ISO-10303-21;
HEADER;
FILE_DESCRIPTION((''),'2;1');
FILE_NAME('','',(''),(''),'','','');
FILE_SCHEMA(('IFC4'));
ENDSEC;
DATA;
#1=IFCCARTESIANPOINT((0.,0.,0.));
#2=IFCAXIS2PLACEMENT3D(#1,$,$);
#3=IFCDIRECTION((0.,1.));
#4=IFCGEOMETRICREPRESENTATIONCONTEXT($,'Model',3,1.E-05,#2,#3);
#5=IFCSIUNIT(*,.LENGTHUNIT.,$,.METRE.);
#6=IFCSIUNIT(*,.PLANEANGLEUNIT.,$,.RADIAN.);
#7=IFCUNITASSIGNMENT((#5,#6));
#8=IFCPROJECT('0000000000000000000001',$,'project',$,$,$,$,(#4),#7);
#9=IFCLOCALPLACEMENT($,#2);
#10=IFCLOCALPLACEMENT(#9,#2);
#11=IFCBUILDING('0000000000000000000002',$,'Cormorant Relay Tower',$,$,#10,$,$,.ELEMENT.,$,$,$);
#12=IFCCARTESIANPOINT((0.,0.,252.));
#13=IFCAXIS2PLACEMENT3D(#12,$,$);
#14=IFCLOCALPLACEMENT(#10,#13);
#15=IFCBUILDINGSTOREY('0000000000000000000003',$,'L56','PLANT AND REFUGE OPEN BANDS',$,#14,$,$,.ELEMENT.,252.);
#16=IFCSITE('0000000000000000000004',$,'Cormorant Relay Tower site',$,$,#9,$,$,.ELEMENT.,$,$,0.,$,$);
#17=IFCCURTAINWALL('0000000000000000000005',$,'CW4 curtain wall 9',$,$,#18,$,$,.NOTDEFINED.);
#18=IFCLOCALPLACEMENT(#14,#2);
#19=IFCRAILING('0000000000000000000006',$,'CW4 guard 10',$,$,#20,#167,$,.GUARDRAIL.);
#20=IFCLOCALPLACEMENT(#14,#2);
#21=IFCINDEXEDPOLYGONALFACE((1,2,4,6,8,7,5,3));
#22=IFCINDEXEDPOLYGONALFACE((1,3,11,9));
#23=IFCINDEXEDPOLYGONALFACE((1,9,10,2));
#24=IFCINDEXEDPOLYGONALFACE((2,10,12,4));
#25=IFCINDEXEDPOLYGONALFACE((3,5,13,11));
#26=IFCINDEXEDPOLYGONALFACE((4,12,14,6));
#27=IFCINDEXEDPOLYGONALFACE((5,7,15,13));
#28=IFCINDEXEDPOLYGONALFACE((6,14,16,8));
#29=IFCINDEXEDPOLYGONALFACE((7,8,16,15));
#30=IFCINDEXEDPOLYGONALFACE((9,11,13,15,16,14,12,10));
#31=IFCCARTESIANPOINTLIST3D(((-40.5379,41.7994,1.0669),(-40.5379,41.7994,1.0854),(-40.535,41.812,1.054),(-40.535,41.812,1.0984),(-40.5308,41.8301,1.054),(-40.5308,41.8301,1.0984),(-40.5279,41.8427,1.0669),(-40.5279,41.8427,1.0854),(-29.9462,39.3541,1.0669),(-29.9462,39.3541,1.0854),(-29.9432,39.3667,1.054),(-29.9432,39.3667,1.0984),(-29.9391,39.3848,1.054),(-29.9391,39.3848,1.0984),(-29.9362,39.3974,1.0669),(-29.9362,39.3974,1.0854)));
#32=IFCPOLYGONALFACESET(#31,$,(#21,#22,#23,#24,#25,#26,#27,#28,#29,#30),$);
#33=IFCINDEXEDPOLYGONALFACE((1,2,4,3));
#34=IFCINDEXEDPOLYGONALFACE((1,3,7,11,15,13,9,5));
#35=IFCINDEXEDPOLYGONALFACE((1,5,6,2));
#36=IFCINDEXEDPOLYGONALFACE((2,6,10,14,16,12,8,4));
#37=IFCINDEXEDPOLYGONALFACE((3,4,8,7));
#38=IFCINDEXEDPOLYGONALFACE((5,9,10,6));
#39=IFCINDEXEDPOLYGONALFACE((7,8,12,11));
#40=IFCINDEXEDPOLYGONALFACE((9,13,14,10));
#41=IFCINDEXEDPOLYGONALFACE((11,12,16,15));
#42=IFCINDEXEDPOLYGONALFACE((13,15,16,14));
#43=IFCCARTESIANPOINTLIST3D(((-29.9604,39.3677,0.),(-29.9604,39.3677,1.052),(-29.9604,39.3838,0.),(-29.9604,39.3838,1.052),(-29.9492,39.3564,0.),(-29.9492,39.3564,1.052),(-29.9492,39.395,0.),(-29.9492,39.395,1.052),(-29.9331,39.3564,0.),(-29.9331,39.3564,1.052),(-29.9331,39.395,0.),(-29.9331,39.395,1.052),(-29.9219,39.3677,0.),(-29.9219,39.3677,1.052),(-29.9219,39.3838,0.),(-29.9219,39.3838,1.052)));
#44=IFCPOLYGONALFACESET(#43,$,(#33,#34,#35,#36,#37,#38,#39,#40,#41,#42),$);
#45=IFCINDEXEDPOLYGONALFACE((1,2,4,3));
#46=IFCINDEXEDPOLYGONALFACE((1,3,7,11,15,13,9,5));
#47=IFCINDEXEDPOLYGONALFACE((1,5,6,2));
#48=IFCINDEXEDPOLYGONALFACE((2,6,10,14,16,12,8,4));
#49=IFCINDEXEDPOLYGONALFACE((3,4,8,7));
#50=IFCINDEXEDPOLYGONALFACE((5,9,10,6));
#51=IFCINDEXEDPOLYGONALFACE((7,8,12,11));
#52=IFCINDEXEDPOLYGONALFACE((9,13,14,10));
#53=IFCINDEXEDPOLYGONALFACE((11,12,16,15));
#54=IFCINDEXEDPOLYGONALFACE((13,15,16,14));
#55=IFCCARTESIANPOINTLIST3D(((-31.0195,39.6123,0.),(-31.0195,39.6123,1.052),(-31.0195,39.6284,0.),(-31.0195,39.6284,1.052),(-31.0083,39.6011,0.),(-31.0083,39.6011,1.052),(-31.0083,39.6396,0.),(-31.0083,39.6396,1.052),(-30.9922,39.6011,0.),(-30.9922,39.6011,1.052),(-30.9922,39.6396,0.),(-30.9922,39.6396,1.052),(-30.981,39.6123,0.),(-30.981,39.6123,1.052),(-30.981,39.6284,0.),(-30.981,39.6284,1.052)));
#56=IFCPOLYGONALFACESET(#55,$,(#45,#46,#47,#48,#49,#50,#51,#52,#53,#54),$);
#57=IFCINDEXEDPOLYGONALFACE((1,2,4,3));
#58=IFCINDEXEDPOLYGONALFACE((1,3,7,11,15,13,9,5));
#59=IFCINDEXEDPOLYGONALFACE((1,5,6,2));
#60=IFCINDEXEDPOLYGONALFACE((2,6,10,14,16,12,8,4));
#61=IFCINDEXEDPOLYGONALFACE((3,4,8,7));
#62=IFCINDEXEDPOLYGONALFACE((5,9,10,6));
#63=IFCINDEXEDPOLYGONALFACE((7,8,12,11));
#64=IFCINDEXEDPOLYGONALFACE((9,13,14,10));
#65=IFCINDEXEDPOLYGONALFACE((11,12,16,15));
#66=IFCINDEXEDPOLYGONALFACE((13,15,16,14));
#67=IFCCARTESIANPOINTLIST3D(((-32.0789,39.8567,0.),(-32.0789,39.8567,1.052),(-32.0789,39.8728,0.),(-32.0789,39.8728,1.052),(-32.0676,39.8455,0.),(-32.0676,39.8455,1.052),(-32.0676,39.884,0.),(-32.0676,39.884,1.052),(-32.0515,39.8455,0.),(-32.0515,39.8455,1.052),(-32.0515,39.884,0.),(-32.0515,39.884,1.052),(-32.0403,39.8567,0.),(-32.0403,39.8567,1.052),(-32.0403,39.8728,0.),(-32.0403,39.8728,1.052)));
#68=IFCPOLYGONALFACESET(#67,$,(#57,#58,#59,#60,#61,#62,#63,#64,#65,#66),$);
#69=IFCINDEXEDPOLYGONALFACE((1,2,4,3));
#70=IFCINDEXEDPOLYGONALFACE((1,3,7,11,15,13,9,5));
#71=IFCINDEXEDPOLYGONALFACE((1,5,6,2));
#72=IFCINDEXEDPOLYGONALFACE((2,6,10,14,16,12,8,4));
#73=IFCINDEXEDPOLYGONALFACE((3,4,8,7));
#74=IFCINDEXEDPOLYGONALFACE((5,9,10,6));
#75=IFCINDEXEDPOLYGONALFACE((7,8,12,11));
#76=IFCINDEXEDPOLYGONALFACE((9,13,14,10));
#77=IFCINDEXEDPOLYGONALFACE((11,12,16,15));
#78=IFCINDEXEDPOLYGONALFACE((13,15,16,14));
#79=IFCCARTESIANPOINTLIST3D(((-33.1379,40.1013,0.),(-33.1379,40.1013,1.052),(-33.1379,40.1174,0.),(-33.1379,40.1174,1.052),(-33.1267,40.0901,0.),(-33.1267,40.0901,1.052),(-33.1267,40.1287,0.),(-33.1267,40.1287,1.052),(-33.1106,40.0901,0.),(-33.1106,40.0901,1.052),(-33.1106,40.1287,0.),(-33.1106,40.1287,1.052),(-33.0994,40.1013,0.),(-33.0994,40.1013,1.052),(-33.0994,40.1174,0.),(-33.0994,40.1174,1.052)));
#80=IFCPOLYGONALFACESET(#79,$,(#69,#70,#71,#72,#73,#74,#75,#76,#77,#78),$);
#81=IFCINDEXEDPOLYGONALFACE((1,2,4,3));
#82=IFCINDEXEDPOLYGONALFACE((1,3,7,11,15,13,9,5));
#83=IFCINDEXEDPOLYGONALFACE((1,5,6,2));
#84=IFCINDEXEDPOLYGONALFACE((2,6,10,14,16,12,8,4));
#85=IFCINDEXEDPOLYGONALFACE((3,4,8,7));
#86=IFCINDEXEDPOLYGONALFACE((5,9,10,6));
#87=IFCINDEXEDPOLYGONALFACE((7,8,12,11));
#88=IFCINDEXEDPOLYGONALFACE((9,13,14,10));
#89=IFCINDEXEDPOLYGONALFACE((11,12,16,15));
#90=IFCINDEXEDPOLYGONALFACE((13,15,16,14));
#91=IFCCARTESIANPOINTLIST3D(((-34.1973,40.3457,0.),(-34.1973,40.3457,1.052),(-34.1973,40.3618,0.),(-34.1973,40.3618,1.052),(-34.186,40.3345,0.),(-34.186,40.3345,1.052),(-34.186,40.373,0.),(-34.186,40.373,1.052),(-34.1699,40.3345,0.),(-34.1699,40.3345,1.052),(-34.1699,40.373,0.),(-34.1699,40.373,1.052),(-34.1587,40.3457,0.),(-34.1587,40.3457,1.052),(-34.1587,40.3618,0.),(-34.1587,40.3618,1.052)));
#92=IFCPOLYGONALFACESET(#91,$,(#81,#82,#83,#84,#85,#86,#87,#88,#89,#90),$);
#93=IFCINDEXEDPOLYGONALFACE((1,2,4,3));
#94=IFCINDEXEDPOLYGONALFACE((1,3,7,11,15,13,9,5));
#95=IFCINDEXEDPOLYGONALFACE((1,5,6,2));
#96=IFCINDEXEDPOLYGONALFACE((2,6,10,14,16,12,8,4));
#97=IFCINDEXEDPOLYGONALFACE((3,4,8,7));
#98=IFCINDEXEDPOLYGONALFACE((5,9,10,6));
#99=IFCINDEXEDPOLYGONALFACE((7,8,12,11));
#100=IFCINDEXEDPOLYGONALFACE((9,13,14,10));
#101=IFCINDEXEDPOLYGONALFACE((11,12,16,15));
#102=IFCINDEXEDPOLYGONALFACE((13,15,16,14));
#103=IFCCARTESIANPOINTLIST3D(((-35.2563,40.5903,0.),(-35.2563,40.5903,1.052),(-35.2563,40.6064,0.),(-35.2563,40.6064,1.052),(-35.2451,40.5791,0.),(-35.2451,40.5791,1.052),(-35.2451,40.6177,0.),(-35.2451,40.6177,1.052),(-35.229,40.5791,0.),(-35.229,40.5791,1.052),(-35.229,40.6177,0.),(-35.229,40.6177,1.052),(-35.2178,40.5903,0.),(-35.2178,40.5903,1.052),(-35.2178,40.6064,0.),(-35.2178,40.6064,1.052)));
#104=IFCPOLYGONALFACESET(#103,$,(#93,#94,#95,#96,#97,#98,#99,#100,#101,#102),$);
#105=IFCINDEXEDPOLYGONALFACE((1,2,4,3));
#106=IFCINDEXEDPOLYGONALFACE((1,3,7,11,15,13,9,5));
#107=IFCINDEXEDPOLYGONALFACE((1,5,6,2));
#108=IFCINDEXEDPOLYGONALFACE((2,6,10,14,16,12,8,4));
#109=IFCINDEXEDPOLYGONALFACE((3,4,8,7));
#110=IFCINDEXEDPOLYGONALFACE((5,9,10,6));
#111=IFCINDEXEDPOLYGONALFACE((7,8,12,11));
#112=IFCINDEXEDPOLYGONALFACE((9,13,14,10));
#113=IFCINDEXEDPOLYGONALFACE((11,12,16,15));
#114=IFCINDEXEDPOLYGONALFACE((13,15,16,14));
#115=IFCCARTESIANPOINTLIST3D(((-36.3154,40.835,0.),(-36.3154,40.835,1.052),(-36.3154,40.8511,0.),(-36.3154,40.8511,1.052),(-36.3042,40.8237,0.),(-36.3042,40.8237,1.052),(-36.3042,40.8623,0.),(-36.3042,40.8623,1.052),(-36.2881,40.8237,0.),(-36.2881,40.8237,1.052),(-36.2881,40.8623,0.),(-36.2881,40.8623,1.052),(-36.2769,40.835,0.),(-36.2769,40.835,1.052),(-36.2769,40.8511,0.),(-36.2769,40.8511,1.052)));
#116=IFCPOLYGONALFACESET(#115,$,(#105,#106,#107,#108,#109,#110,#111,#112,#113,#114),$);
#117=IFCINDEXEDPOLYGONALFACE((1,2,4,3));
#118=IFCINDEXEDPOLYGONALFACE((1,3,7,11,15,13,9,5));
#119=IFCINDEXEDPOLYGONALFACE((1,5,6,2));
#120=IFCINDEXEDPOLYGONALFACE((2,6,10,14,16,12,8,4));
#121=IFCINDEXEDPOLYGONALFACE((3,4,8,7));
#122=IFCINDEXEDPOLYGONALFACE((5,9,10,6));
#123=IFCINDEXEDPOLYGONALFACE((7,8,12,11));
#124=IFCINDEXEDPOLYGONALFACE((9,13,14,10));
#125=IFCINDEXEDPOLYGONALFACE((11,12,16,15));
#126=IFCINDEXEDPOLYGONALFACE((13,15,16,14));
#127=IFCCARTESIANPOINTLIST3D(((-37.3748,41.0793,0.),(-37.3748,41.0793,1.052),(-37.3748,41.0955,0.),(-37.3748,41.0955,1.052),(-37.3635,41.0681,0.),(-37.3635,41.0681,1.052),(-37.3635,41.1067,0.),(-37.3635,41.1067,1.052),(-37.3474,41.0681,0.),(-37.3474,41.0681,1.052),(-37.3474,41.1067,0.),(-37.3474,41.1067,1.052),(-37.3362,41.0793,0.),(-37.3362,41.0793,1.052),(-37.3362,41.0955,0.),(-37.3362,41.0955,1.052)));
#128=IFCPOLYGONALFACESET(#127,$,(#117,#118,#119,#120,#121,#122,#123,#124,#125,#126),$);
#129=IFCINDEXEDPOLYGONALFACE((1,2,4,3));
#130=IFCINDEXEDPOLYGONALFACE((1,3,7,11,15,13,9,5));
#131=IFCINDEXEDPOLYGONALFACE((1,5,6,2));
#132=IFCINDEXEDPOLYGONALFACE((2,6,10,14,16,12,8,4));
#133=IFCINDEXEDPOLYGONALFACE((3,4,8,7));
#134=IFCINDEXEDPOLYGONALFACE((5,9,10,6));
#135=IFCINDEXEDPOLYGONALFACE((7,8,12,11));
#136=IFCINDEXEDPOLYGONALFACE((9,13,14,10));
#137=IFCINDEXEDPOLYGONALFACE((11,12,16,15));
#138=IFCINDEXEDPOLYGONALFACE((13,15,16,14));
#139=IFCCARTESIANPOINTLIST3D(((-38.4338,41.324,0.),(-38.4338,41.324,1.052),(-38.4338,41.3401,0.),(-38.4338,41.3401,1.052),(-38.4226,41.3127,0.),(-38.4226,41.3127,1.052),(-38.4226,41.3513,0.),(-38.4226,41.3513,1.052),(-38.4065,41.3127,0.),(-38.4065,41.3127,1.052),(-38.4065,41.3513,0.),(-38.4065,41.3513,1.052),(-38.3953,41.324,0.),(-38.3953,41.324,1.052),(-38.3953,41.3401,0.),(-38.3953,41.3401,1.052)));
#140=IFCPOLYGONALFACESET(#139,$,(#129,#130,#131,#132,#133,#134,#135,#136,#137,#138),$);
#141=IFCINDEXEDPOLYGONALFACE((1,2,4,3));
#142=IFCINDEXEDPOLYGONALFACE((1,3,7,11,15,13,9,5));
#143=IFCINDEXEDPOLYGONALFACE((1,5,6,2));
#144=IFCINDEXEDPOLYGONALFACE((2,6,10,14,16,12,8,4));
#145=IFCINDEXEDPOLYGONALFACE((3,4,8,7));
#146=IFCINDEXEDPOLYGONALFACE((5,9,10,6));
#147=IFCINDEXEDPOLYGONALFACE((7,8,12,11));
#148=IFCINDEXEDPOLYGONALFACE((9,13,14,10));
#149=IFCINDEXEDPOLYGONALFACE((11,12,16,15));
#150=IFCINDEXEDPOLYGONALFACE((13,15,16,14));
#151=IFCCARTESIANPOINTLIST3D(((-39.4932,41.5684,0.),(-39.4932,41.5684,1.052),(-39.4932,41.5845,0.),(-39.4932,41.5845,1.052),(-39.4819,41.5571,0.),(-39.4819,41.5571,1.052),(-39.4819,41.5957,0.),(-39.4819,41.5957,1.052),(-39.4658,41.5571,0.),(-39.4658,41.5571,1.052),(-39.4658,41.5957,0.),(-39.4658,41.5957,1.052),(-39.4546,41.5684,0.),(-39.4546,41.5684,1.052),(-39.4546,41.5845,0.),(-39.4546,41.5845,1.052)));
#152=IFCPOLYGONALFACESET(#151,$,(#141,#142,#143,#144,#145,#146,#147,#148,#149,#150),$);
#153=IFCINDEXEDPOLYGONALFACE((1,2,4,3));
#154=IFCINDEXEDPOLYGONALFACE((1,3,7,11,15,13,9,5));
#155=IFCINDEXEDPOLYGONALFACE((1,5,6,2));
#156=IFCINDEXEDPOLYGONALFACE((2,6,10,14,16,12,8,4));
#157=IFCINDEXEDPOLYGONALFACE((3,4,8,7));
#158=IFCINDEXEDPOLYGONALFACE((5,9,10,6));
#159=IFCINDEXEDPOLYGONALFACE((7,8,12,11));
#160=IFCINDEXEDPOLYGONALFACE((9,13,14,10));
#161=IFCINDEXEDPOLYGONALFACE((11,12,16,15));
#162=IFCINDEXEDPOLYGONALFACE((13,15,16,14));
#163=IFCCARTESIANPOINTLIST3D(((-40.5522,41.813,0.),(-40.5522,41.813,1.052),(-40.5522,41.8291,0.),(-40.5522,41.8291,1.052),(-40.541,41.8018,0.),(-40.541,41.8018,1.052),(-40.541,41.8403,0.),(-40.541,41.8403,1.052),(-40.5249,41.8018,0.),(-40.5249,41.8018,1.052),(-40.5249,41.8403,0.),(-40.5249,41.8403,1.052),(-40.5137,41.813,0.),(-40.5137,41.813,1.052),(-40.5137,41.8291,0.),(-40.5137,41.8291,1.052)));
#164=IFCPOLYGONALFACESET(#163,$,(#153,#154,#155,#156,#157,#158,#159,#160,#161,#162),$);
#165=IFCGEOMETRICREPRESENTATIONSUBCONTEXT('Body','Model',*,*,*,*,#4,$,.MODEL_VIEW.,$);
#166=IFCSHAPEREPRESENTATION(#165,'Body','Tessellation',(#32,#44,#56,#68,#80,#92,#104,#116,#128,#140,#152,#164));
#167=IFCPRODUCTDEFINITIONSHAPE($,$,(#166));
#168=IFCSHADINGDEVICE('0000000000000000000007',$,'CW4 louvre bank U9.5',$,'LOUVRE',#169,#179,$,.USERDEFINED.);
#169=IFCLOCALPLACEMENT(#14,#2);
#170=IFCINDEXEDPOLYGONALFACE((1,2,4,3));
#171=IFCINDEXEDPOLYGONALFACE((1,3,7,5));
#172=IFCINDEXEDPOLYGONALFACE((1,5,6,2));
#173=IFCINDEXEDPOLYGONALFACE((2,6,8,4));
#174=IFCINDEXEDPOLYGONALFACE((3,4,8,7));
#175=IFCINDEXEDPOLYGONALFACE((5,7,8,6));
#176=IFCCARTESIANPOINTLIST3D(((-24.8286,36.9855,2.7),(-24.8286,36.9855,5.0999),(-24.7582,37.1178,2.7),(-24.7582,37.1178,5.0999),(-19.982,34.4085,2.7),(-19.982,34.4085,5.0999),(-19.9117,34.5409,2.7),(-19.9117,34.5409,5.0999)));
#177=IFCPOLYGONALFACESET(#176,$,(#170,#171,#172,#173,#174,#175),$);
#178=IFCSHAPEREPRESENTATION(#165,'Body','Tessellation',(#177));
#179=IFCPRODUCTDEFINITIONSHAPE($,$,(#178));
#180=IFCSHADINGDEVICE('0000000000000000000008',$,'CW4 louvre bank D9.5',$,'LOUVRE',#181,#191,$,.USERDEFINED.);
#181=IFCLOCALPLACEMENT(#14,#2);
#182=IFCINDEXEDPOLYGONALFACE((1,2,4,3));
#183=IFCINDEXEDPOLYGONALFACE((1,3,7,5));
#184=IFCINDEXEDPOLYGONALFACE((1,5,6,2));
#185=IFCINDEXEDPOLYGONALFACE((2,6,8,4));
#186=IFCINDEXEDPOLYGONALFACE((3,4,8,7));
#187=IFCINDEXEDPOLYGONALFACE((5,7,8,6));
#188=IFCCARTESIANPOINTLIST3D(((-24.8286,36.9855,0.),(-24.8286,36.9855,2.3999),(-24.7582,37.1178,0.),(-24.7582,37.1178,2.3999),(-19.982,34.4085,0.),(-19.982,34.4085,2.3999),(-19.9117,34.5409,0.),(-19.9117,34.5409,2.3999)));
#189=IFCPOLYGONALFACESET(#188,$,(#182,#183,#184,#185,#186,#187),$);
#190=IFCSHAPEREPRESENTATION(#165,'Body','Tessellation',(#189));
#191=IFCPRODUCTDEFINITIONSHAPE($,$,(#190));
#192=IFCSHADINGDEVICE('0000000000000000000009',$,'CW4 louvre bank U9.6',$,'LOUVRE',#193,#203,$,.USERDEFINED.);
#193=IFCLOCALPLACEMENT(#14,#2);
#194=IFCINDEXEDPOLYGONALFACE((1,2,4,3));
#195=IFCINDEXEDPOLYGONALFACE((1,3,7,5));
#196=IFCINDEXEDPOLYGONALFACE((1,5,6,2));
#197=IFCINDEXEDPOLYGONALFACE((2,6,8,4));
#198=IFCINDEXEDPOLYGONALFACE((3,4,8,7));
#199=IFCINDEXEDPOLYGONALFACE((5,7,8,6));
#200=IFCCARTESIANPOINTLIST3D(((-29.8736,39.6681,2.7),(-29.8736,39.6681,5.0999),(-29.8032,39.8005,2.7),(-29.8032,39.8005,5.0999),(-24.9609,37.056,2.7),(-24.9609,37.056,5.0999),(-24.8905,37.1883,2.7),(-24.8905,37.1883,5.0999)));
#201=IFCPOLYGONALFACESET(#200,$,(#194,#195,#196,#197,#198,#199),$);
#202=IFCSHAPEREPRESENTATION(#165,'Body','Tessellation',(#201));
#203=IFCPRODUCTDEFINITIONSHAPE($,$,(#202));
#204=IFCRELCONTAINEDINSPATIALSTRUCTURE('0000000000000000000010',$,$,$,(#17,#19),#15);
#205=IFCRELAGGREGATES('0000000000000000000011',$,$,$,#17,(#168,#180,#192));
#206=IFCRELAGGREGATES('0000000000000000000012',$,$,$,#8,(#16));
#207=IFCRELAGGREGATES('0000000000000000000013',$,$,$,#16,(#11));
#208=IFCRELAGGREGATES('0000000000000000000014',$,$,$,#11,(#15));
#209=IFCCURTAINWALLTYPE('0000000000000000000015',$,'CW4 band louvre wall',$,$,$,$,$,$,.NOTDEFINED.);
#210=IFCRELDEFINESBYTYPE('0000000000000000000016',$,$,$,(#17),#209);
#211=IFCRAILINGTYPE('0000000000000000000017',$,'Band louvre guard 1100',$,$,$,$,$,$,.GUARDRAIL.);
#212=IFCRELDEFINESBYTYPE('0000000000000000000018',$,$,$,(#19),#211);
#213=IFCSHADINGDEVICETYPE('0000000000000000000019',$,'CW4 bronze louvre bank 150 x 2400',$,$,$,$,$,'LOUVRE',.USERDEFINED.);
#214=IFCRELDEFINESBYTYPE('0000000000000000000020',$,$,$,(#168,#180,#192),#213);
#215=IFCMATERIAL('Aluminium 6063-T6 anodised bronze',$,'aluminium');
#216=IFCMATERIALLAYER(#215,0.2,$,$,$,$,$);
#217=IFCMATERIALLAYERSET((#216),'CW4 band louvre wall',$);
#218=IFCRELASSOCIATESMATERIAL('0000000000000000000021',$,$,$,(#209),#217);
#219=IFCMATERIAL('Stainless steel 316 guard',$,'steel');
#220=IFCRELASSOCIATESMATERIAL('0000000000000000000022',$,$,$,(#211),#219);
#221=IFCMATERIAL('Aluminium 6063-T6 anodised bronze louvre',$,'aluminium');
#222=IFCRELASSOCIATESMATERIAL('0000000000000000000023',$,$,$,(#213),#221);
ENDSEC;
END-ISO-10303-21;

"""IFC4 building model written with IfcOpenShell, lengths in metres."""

from ifc_helpers import new_model, si_unit, direction, frame, origin, origin_2d, place, context, subcontext, project, spatial, polyline, rectangle, outline, extrude, material, layer, layer_set, type_object, element, aggregate, save


model = new_model("IFC4")

# Units and contexts
model_context = context("Model", 3, precision=1e-05, world=origin(), true_north=direction((0.0, 1.0)))
body_context = subcontext(model_context, "Body", "Model", "MODEL_VIEW")
ifc_project = project(units=[si_unit("LENGTHUNIT", "METRE"), si_unit("PLANEANGLEUNIT", "RADIAN")], contexts=[model_context])

# Site, building, storey
site_placement = place(None, origin())
site = spatial("IfcSite", under=ifc_project, at=site_placement, Name="Cormorant Relay Tower site", CompositionType="ELEMENT", RefElevation=0.0)
building_placement = place(site_placement, origin())
building = spatial("IfcBuilding", under=site, at=building_placement, Name="Cormorant Relay Tower", CompositionType="ELEMENT")
storey_placement = place(building_placement, frame((0.0, 0.0, 252.0)))
storey = spatial("IfcBuildingStorey", under=building, at=storey_placement, Name="L56", Description="PLANT AND REFUGE OPEN BANDS", CompositionType="ELEMENT", Elevation=252.0)

# Curtain wall
ifc_material_1 = material(Name="Aluminium 6063-T6 anodised bronze", Category="aluminium")
ifc_layer_1 = layer(ifc_material_1, 0.2)
ifc_layer_set_1 = layer_set([ifc_layer_1], Name="CW4 band louvre wall")
curtain_wall_type = type_object("IfcCurtainWallType", Name="CW4 band louvre wall", PredefinedType="NOTDEFINED", material=ifc_layer_set_1)
curtain_wall_1_placement = place(storey_placement, origin())
curtain_wall_1 = element("IfcCurtainWall", 1, at=curtain_wall_1_placement, inside=storey, type_object=curtain_wall_type, Name="CW4 curtain wall 9", PredefinedType="NOTDEFINED")

# Railing
ifc_material_2 = material(Name="Stainless steel 316 guard", Category="steel")
railing_type = type_object("IfcRailingType", Name="Band louvre guard 1100", PredefinedType="GUARDRAIL", material=ifc_material_2)
railing_placement = place(storey_placement, frame((-29.9412, 39.3757, 0.0)))
element("IfcRailing", 2, at=railing_placement, inside=storey, type_object=railing_type, Name="CW4 guard 10", PredefinedType="GUARDRAIL", context=body_context, shape_type="SweptSolid", body=[
    extrude(outline(polyline([(0.0222, 0.0093), (0.0093, 0.0222), (-0.0093, 0.0222), (-0.0222, 0.0093), (-0.0222, -0.0093), (-0.0093, -0.0222), (0.0093, -0.0222), (0.0222, -0.0093), (0.0222, 0.0093)])), frame((0.0, 0.0, 1.0762), z_axis=(-0.97437, 0.224951, 0.0), x_axis=(-0.224951, -0.97437, 0.0)), (0.0, 0.0, 1.0), 10.8704),
    extrude(outline(polyline([(0.0193, 0.0081), (0.0081, 0.0193), (-0.0081, 0.0193), (-0.0193, 0.0081), (-0.0193, -0.0081), (-0.0081, -0.0193), (0.0081, -0.0193), (0.0193, -0.0081), (0.0193, 0.0081)])), origin(), (0.0, 0.0, 1.0), 1.052),
    extrude(outline(polyline([(0.0193, 0.0081), (0.0081, 0.0193), (-0.0081, 0.0193), (-0.0193, 0.0081), (-0.0193, -0.0081), (-0.0081, -0.0193), (0.0081, -0.0193), (0.0193, -0.0081), (0.0193, 0.0081)])), frame((-1.0591, 0.2446, 0.0)), (0.0, 0.0, 1.0), 1.052),
    extrude(outline(polyline([(0.0193, 0.0081), (0.0081, 0.0193), (-0.0081, 0.0193), (-0.0193, 0.0081), (-0.0193, -0.0081), (-0.0081, -0.0193), (0.0081, -0.0193), (0.0193, -0.0081), (0.0193, 0.0081)])), frame((-2.1184, 0.489, 0.0)), (0.0, 0.0, 1.0), 1.052),
    extrude(outline(polyline([(0.0193, 0.0081), (0.0081, 0.0193), (-0.0081, 0.0193), (-0.0193, 0.0081), (-0.0193, -0.0081), (-0.0081, -0.0193), (0.0081, -0.0193), (0.0193, -0.0081), (0.0193, 0.0081)])), frame((-3.1775, 0.7336, 0.0)), (0.0, 0.0, 1.0), 1.052),
    extrude(outline(polyline([(0.0193, 0.0081), (0.0081, 0.0193), (-0.0081, 0.0193), (-0.0193, 0.0081), (-0.0193, -0.0081), (-0.0081, -0.0193), (0.0081, -0.0193), (0.0193, -0.0081), (0.0193, 0.0081)])), frame((-4.2368, 0.978, 0.0)), (0.0, 0.0, 1.0), 1.052),
    extrude(outline(polyline([(0.0193, 0.0081), (0.0081, 0.0193), (-0.0081, 0.0193), (-0.0193, 0.0081), (-0.0193, -0.0081), (-0.0081, -0.0193), (0.0081, -0.0193), (0.0193, -0.0081), (0.0193, 0.0081)])), frame((-5.2959, 1.2227, 0.0)), (0.0, 0.0, 1.0), 1.052),
    extrude(outline(polyline([(0.0193, 0.0081), (0.0081, 0.0193), (-0.0081, 0.0193), (-0.0193, 0.0081), (-0.0193, -0.0081), (-0.0081, -0.0193), (0.0081, -0.0193), (0.0193, -0.0081), (0.0193, 0.0081)])), frame((-6.355, 1.4673, 0.0)), (0.0, 0.0, 1.0), 1.052),
    extrude(outline(polyline([(0.0193, 0.0081), (0.0081, 0.0193), (-0.0081, 0.0193), (-0.0193, 0.0081), (-0.0193, -0.0081), (-0.0081, -0.0193), (0.0081, -0.0193), (0.0193, -0.0081), (0.0193, 0.0081)])), frame((-7.4143, 1.7117, 0.0)), (0.0, 0.0, 1.0), 1.052),
    extrude(outline(polyline([(0.0193, 0.0081), (0.0081, 0.0193), (-0.0081, 0.0193), (-0.0193, 0.0081), (-0.0193, -0.0081), (-0.0081, -0.0193), (0.0081, -0.0193), (0.0193, -0.0081), (0.0193, 0.0081)])), frame((-8.4734, 1.9563, 0.0)), (0.0, 0.0, 1.0), 1.052),
    extrude(outline(polyline([(0.0193, 0.0081), (0.0081, 0.0193), (-0.0081, 0.0193), (-0.0193, 0.0081), (-0.0193, -0.0081), (-0.0081, -0.0193), (0.0081, -0.0193), (0.0193, -0.0081), (0.0193, 0.0081)])), frame((-9.5327, 2.2007, 0.0)), (0.0, 0.0, 1.0), 1.052),
    extrude(outline(polyline([(0.0193, 0.0081), (0.0081, 0.0193), (-0.0081, 0.0193), (-0.0193, 0.0081), (-0.0193, -0.0081), (-0.0081, -0.0193), (0.0081, -0.0193), (0.0193, -0.0081), (0.0193, 0.0081)])), frame((-10.5918, 2.4453, 0.0)), (0.0, 0.0, 1.0), 1.052),
])

# Shading devices
ifc_material_3 = material(Name="Aluminium 6063-T6 anodised bronze louvre", Category="aluminium")
shading_device_type = type_object("IfcShadingDeviceType", Name="CW4 bronze louvre bank 150 x 2400", ElementType="LOUVRE", PredefinedType="USERDEFINED", material=ifc_material_3)
shading_device_1_placement = place(storey_placement, frame((-22.3701, 35.7632, 2.7), z_axis=(0.0, 0.0, 1.0), x_axis=(-0.882948, 0.469472, 0.0)))
shading_device_1 = element("IfcShadingDevice", 3, at=shading_device_1_placement, type_object=shading_device_type, Name="CW4 louvre bank U9.5", ObjectType="LOUVRE", PredefinedType="USERDEFINED", context=body_context, shape_type="SweptSolid", body=[
    extrude(rectangle(XDim=5.489, YDim=0.1499, at=origin_2d()), origin(), (0.0, 0.0, 1.0), 2.3999),
])
shading_device_2_placement = place(storey_placement, frame((-22.3701, 35.7632, 0.0), z_axis=(0.0, 0.0, 1.0), x_axis=(-0.882948, 0.469472, 0.0)))
shading_device_2 = element("IfcShadingDevice", 4, at=shading_device_2_placement, type_object=shading_device_type, Name="CW4 louvre bank D9.5", ObjectType="LOUVRE", PredefinedType="USERDEFINED", context=body_context, shape_type="SweptSolid", body=[
    extrude(rectangle(XDim=5.489, YDim=0.1499, at=origin_2d()), origin(), (0.0, 0.0, 1.0), 2.3999),
])
shading_device_3_placement = place(storey_placement, frame((-27.3821, 38.4282, 2.7), z_axis=(0.0, 0.0, 1.0), x_axis=(-0.882948, 0.469472, 0.0)))
shading_device_3 = element("IfcShadingDevice", 5, at=shading_device_3_placement, type_object=shading_device_type, Name="CW4 louvre bank U9.6", ObjectType="LOUVRE", PredefinedType="USERDEFINED", context=body_context, shape_type="SweptSolid", body=[
    extrude(rectangle(XDim=5.564, YDim=0.1499, at=origin_2d()), origin(), (0.0, 0.0, 1.0), 2.3999),
])
aggregate(curtain_wall_1, [shading_device_1, shading_device_2, shading_device_3])

save(model, "model.ifc")
